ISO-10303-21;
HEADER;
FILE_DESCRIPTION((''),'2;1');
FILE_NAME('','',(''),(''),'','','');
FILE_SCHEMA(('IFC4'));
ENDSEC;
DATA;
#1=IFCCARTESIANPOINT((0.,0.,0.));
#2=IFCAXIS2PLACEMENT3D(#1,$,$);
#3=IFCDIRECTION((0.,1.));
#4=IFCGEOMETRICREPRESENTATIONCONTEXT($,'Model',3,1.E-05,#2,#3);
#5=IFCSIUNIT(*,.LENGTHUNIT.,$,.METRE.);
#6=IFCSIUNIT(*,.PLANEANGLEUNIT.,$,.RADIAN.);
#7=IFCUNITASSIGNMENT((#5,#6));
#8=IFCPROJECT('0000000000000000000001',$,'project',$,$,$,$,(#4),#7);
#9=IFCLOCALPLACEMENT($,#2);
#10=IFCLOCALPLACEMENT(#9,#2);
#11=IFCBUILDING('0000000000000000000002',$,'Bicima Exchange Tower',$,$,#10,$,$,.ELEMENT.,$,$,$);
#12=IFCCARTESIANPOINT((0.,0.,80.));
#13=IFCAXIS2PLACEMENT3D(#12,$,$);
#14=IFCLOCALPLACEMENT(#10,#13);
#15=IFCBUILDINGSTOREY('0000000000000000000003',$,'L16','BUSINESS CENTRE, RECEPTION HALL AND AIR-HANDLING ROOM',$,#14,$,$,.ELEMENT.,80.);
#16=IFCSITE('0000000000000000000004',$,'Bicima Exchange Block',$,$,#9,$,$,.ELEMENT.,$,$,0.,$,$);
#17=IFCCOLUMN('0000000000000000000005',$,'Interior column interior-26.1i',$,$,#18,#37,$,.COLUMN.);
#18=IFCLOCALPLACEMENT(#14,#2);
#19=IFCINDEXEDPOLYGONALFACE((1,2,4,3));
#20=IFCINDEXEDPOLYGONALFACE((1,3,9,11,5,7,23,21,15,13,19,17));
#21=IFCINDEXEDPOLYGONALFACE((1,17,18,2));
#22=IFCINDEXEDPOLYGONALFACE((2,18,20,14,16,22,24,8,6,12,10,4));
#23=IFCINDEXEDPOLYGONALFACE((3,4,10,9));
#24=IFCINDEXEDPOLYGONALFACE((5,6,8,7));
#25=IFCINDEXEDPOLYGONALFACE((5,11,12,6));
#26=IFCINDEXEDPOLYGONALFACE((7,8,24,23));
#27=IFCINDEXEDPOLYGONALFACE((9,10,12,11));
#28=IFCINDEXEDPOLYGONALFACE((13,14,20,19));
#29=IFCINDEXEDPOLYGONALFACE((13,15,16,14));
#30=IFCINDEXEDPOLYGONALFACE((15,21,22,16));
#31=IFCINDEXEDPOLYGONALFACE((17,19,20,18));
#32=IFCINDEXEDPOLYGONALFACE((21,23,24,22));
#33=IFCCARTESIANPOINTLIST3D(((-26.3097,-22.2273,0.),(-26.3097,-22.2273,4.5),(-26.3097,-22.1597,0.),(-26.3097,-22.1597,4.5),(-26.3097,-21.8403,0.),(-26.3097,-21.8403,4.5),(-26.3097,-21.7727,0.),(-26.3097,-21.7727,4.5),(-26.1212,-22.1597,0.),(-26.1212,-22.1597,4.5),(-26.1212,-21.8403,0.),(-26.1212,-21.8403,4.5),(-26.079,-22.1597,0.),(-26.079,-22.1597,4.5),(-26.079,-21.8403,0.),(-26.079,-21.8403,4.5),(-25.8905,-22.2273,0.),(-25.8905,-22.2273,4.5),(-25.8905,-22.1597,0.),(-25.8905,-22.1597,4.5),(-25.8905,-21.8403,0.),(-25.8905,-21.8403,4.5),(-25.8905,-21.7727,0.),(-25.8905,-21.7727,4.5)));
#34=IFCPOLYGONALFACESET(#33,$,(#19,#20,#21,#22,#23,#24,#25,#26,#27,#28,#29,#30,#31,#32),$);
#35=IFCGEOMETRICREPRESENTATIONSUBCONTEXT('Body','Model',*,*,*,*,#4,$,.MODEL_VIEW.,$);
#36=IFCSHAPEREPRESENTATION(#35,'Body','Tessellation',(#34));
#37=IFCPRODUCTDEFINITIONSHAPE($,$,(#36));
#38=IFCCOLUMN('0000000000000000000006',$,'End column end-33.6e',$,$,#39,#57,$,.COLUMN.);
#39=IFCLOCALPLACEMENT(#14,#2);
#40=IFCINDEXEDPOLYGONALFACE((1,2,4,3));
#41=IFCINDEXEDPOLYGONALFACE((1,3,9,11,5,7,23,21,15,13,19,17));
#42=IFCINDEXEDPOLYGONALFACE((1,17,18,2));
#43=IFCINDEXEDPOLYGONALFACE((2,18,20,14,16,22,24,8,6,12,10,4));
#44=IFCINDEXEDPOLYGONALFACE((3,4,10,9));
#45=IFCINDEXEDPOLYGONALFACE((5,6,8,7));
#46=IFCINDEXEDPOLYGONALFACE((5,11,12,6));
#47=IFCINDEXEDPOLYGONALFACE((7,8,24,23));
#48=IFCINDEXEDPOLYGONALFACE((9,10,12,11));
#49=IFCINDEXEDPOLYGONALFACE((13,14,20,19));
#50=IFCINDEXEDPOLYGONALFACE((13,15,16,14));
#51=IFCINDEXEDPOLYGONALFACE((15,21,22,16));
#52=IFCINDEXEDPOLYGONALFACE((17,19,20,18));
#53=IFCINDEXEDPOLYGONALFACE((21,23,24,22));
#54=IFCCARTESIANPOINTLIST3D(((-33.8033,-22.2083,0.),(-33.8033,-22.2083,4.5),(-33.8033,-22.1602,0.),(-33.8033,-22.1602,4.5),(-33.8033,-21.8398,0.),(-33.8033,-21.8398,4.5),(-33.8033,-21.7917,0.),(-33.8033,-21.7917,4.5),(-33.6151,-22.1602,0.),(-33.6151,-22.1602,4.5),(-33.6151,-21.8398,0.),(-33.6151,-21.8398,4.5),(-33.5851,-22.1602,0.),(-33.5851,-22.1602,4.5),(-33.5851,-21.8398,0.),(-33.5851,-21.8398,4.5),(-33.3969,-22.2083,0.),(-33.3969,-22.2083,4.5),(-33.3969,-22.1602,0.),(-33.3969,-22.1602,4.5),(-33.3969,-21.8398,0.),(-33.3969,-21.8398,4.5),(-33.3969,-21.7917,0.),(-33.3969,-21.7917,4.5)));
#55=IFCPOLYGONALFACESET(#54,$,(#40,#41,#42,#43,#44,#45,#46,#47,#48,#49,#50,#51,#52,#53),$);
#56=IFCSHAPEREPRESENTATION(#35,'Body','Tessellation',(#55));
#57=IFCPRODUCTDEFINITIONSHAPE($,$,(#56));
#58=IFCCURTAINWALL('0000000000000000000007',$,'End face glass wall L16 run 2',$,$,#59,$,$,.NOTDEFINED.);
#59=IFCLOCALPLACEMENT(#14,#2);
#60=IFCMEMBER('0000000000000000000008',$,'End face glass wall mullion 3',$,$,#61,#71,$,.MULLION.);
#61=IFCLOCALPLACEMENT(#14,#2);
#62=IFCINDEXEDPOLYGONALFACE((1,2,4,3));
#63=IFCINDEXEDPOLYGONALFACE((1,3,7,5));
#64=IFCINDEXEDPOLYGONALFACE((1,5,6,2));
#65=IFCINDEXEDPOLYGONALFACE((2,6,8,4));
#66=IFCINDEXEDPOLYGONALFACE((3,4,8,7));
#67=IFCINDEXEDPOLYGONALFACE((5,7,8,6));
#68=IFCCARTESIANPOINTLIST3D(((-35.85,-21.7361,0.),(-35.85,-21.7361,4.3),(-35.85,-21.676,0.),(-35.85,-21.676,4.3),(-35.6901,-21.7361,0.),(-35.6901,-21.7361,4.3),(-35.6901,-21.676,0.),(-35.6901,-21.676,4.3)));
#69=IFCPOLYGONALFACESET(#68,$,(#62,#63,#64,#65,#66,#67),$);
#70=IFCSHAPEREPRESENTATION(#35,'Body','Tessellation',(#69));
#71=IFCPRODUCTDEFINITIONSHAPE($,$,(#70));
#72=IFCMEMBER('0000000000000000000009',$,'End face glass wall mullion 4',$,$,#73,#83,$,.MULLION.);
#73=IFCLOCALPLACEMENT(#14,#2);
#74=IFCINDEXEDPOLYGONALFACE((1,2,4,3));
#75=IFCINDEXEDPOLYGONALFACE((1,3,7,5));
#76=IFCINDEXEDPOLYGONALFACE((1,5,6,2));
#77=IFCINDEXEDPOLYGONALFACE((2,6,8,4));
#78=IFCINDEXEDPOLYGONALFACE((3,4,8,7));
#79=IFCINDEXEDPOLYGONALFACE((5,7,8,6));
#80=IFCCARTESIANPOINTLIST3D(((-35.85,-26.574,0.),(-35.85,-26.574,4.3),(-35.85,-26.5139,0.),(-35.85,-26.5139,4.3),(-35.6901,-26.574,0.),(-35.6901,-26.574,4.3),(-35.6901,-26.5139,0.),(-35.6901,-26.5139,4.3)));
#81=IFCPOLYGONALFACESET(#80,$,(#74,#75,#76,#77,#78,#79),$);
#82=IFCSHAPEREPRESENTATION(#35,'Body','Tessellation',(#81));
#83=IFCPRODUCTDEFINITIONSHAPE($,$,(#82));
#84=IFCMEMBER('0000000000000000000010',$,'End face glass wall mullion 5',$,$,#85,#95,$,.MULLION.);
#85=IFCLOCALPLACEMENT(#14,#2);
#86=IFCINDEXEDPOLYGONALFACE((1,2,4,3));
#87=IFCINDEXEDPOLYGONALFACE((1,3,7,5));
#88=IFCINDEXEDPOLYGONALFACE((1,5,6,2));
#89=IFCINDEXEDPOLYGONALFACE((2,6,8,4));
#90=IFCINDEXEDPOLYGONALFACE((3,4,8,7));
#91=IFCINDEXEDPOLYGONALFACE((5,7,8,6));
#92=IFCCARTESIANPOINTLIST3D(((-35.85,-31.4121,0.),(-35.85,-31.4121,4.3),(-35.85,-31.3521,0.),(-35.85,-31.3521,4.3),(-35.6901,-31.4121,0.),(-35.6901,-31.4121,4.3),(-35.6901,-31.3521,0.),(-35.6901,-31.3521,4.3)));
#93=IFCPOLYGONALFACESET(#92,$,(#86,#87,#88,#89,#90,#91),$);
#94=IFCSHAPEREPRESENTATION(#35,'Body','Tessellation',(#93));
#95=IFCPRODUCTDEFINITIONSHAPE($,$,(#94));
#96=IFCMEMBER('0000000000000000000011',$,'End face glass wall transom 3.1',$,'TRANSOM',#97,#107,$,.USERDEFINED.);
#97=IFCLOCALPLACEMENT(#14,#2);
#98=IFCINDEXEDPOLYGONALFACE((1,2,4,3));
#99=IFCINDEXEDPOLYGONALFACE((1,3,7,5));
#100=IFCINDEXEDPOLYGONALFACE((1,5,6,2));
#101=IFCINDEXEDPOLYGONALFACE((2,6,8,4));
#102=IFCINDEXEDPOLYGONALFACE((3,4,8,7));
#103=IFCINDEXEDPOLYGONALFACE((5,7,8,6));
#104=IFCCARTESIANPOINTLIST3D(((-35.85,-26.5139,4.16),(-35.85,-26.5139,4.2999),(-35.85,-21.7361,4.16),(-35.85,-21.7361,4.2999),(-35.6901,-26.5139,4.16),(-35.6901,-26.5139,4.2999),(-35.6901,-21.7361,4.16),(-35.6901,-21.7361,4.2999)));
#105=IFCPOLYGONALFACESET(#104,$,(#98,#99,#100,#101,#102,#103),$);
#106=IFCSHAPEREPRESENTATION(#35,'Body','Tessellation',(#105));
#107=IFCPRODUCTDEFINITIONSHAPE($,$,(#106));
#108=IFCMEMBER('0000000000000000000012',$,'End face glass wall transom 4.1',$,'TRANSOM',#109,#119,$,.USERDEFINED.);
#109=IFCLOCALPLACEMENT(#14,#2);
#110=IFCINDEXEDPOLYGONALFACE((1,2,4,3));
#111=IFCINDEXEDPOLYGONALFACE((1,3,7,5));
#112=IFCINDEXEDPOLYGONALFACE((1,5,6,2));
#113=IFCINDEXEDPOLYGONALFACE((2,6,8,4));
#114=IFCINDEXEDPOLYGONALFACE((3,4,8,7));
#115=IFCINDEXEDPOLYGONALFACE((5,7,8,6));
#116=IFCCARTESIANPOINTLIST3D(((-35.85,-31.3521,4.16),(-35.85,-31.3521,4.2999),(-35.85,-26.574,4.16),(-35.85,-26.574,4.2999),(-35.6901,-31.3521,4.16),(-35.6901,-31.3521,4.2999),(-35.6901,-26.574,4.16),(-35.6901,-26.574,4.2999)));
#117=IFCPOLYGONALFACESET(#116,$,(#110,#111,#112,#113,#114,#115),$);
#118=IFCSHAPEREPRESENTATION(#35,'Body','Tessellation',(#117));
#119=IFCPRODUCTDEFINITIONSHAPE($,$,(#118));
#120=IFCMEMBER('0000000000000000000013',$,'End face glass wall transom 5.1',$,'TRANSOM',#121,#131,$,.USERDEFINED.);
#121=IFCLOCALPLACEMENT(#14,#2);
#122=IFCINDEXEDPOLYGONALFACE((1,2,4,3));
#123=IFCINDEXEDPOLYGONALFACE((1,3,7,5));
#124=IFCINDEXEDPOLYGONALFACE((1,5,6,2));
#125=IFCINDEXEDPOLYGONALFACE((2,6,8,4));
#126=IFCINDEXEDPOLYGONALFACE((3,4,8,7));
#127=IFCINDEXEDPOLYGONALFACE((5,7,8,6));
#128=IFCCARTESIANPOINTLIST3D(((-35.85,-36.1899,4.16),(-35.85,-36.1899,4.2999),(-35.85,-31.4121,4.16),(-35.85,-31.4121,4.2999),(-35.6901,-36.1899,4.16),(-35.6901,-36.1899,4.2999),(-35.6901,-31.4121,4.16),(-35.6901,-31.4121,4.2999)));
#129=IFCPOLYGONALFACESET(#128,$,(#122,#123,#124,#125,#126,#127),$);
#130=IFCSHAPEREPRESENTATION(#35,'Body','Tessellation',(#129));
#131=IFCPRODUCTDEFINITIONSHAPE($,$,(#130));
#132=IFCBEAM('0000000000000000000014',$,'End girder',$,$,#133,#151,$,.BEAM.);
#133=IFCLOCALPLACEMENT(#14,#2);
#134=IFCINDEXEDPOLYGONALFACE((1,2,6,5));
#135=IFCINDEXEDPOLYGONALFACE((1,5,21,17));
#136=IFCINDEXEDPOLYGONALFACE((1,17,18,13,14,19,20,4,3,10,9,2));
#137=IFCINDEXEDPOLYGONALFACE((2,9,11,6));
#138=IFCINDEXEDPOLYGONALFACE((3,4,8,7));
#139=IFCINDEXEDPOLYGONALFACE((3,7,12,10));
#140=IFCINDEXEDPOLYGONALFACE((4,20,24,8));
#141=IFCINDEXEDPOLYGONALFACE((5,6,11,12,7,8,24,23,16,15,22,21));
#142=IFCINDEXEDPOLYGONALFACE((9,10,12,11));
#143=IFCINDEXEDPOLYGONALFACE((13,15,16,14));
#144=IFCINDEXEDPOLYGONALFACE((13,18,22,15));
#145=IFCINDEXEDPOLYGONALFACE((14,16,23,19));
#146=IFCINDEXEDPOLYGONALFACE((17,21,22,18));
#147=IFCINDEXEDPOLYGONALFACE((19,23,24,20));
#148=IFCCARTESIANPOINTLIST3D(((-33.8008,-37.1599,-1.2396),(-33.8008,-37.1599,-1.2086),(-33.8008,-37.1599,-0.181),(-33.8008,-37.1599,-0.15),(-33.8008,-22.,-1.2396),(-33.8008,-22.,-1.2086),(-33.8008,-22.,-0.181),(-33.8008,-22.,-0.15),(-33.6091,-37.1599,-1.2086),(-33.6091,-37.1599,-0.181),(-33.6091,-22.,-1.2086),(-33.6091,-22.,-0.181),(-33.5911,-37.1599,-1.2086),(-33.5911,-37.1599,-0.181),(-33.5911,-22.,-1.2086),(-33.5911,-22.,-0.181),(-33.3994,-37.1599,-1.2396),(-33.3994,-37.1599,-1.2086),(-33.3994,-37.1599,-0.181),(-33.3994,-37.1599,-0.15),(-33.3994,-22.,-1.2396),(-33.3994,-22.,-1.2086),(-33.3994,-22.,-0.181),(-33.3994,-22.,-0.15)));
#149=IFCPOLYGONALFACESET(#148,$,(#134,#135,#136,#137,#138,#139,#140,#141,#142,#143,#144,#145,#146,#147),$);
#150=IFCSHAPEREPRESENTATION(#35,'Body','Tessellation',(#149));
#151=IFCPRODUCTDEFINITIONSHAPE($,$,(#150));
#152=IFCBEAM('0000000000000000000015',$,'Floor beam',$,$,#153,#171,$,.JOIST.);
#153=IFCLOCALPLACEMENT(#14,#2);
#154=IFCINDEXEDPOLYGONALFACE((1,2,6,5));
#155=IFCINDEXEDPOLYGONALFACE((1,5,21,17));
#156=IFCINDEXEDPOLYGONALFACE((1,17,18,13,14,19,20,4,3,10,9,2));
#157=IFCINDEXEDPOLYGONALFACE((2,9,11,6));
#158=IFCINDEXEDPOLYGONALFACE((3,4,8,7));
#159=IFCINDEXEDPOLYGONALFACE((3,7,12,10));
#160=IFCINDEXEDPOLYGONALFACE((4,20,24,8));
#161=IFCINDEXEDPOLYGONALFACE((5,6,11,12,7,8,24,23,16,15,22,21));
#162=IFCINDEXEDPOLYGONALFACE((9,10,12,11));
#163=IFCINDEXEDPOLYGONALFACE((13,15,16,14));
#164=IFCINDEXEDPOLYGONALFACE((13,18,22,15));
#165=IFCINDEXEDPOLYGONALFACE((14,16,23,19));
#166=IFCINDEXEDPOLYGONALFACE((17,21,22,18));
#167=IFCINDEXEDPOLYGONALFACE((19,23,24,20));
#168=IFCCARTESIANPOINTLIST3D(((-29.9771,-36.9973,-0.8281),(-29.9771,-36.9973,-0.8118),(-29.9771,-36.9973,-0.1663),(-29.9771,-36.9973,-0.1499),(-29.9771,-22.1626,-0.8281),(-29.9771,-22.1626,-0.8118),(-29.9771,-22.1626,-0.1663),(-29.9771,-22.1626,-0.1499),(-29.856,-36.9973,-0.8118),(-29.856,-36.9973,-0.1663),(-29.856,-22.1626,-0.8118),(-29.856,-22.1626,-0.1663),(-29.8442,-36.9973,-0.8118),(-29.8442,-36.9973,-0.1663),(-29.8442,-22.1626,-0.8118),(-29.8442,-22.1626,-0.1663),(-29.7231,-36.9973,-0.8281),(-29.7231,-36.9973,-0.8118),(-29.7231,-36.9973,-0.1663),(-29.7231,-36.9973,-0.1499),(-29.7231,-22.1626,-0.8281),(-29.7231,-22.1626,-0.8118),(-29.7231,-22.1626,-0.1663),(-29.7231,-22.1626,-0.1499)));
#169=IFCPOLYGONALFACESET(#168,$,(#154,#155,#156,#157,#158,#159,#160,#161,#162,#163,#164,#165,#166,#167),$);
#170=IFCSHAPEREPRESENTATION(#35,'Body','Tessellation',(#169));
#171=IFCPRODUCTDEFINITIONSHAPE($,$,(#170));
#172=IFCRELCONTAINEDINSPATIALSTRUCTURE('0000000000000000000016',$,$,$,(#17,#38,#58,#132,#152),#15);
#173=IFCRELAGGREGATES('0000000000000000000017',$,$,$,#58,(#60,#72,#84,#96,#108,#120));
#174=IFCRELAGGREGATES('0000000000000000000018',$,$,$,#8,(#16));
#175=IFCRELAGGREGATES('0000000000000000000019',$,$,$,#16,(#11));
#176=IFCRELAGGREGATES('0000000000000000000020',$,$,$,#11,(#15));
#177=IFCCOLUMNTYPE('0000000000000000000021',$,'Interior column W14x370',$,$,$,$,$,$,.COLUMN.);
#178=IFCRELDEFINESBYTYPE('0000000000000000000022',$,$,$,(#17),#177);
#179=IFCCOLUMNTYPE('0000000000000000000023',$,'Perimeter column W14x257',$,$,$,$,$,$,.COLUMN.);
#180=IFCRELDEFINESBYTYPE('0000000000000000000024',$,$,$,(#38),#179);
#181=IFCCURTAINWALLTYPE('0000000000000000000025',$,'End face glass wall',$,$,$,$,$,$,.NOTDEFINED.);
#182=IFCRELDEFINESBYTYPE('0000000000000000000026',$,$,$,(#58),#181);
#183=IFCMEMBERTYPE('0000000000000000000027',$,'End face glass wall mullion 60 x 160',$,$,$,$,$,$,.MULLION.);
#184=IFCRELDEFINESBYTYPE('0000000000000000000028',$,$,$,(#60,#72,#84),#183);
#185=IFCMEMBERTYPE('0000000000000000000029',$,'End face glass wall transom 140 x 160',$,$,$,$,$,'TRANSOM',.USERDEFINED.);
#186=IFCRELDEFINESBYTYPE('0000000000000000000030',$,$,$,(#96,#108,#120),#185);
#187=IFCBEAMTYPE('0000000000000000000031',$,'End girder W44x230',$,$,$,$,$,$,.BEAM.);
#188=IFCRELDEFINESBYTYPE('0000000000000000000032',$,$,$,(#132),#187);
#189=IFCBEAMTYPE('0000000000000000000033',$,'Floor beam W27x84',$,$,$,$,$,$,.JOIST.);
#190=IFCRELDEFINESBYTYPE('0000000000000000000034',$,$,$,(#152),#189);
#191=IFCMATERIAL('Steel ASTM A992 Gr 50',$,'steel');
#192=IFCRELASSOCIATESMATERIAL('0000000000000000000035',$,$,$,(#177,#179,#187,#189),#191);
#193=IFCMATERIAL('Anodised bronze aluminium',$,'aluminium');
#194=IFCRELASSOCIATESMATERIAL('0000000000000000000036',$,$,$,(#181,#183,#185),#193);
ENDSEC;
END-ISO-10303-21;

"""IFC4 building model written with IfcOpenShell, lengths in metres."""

from ifc_helpers import new_model, si_unit, direction, frame, origin, origin_2d, place, context, subcontext, project, spatial, rectangle, i_section, extrude, material, material_profile, profile_set, type_object, element, aggregate, save


model = new_model("IFC4")

# Units and contexts
model_context = context("Model", 3, precision=1e-05, world=origin(), true_north=direction((0.0, 1.0)))
body_context = subcontext(model_context, "Body", "Model", "MODEL_VIEW")
ifc_project = project(units=[si_unit("LENGTHUNIT", "METRE"), si_unit("PLANEANGLEUNIT", "RADIAN")], contexts=[model_context])

# Site, building, storey
site_placement = place(None, origin())
site = spatial("IfcSite", under=ifc_project, at=site_placement, Name="Bicima Exchange Block", CompositionType="ELEMENT", RefElevation=0.0)
building_placement = place(site_placement, origin())
building = spatial("IfcBuilding", under=site, at=building_placement, Name="Bicima Exchange Tower", CompositionType="ELEMENT")
storey_placement = place(building_placement, frame((0.0, 0.0, 80.0)))
storey = spatial("IfcBuildingStorey", under=building, at=storey_placement, Name="L16", Description="BUSINESS CENTRE, RECEPTION HALL AND AIR-HANDLING ROOM", CompositionType="ELEMENT", Elevation=80.0)

# Columns
ifc_material_1 = material(Name="Steel ASTM A992 Gr 50", Category="steel")
ifc_material_profile_1 = material_profile(ifc_material_1, i_section(OverallWidth=0.4192, OverallDepth=0.4546, WebThickness=0.0422, FlangeThickness=0.0676, at=origin_2d()))
ifc_profile_set_1 = profile_set([ifc_material_profile_1], Name="Steel ASTM A992 Gr 50")
column_type_1 = type_object("IfcColumnType", Name="Interior column W14x370", PredefinedType="COLUMN", material=ifc_profile_set_1)
column_1_placement = place(storey_placement, frame((-26.1001, -22.0, 0.0), z_axis=(0.0, 0.0, 1.0), x_axis=(1.0, 0.0, 0.0)))
element("IfcColumn", 1, at=column_1_placement, inside=storey, type_object=column_type_1, Name="Interior column interior-26.1i", PredefinedType="COLUMN", context=body_context, shape_type="SweptSolid", body=[
    extrude(i_section(OverallWidth=0.4192, OverallDepth=0.4546, WebThickness=0.0422, FlangeThickness=0.0676, at=origin_2d()), origin(), (0.0, 0.0, 1.0), 4.5),
])
ifc_material_profile_2 = material_profile(ifc_material_1, i_section(OverallWidth=0.4065, OverallDepth=0.4165, WebThickness=0.03, FlangeThickness=0.0481, at=origin_2d()))
ifc_profile_set_2 = profile_set([ifc_material_profile_2], Name="Steel ASTM A992 Gr 50")
column_type_2 = type_object("IfcColumnType", Name="Perimeter column W14x257", PredefinedType="COLUMN", material=ifc_profile_set_2)
column_2_placement = place(storey_placement, frame((-33.6001, -22.0, 0.0), z_axis=(0.0, 0.0, 1.0), x_axis=(1.0, 0.0, 0.0)))
element("IfcColumn", 2, at=column_2_placement, inside=storey, type_object=column_type_2, Name="End column end-33.6e", PredefinedType="COLUMN", context=body_context, shape_type="SweptSolid", body=[
    extrude(i_section(OverallWidth=0.4065, OverallDepth=0.4165, WebThickness=0.03, FlangeThickness=0.0481, at=origin_2d()), origin(), (0.0, 0.0, 1.0), 4.5),
])

# Curtain wall, members
ifc_material_2 = material(Name="Anodised bronze aluminium", Category="aluminium")
curtain_wall_type = type_object("IfcCurtainWallType", Name="End face glass wall", PredefinedType="NOTDEFINED", material=ifc_material_2)
curtain_wall_placement = place(storey_placement, origin())
curtain_wall = element("IfcCurtainWall", 3, at=curtain_wall_placement, inside=storey, type_object=curtain_wall_type, Name="End face glass wall L16 run 2", PredefinedType="NOTDEFINED")
ifc_material_profile_3 = material_profile(ifc_material_2, rectangle(XDim=0.1599, YDim=0.0601, at=origin_2d()))
ifc_profile_set_3 = profile_set([ifc_material_profile_3], Name="Anodised bronze aluminium")
member_type_1 = type_object("IfcMemberType", Name="End face glass wall mullion 60 x 160", PredefinedType="MULLION", material=ifc_profile_set_3)
member_1_placement = place(storey_placement, frame((-35.77, -21.7061, 0.0), z_axis=(0.0, 0.0, 1.0), x_axis=(1.0, 0.0, 0.0)))
member_1 = element("IfcMember", 4, at=member_1_placement, type_object=member_type_1, Name="End face glass wall mullion 3", PredefinedType="MULLION", context=body_context, shape_type="SweptSolid", body=[
    extrude(rectangle(XDim=0.1599, YDim=0.0601, at=origin_2d()), origin(), (0.0, 0.0, 1.0), 4.3),
])
member_2_placement = place(storey_placement, frame((-35.77, -26.5439, 0.0), z_axis=(0.0, 0.0, 1.0), x_axis=(1.0, 0.0, 0.0)))
member_2 = element("IfcMember", 5, at=member_2_placement, type_object=member_type_1, Name="End face glass wall mullion 4", PredefinedType="MULLION", context=body_context, shape_type="SweptSolid", body=[
    extrude(rectangle(XDim=0.1599, YDim=0.0601, at=origin_2d()), origin(), (0.0, 0.0, 1.0), 4.3),
])
member_3_placement = place(storey_placement, frame((-35.77, -31.3821, 0.0), z_axis=(0.0, 0.0, 1.0), x_axis=(1.0, 0.0, 0.0)))
member_3 = element("IfcMember", 6, at=member_3_placement, type_object=member_type_1, Name="End face glass wall mullion 5", PredefinedType="MULLION", context=body_context, shape_type="SweptSolid", body=[
    extrude(rectangle(XDim=0.1599, YDim=0.0601, at=origin_2d()), origin(), (0.0, 0.0, 1.0), 4.3),
])
ifc_material_profile_4 = material_profile(ifc_material_2, rectangle(XDim=0.1599, YDim=0.1399, at=origin_2d()))
ifc_profile_set_4 = profile_set([ifc_material_profile_4], Name="Anodised bronze aluminium")
member_type_2 = type_object("IfcMemberType", Name="End face glass wall transom 140 x 160", ElementType="TRANSOM", PredefinedType="USERDEFINED", material=ifc_profile_set_4)
member_4_placement = place(storey_placement, frame((-35.77, -21.7361, 4.23), z_axis=(0.0, -1.0, 0.0), x_axis=(1.0, 0.0, 0.0)))
member_4 = element("IfcMember", 7, at=member_4_placement, type_object=member_type_2, Name="End face glass wall transom 3.1", ObjectType="TRANSOM", PredefinedType="USERDEFINED", context=body_context, shape_type="SweptSolid", body=[
    extrude(rectangle(XDim=0.1599, YDim=0.1399, at=origin_2d()), origin(), (0.0, 0.0, 1.0), 4.7778),
])
member_5_placement = place(storey_placement, frame((-35.77, -26.574, 4.23), z_axis=(0.0, -1.0, 0.0), x_axis=(1.0, 0.0, 0.0)))
member_5 = element("IfcMember", 8, at=member_5_placement, type_object=member_type_2, Name="End face glass wall transom 4.1", ObjectType="TRANSOM", PredefinedType="USERDEFINED", context=body_context, shape_type="SweptSolid", body=[
    extrude(rectangle(XDim=0.1599, YDim=0.1399, at=origin_2d()), origin(), (0.0, 0.0, 1.0), 4.7781),
])
member_6_placement = place(storey_placement, frame((-35.77, -31.4121, 4.23), z_axis=(0.0, -1.0, 0.0), x_axis=(1.0, 0.0, 0.0)))
member_6 = element("IfcMember", 9, at=member_6_placement, type_object=member_type_2, Name="End face glass wall transom 5.1", ObjectType="TRANSOM", PredefinedType="USERDEFINED", context=body_context, shape_type="SweptSolid", body=[
    extrude(rectangle(XDim=0.1599, YDim=0.1399, at=origin_2d()), origin(), (0.0, 0.0, 1.0), 4.7778),
])

# Beams
ifc_material_profile_5 = material_profile(ifc_material_1, i_section(OverallWidth=0.4014, OverallDepth=1.0896, WebThickness=0.0181, FlangeThickness=0.031, at=origin_2d()))
ifc_profile_set_5 = profile_set([ifc_material_profile_5], Name="Steel ASTM A992 Gr 50")
beam_type_1 = type_object("IfcBeamType", Name="End girder W44x230", PredefinedType="BEAM", material=ifc_profile_set_5)
beam_1_placement = place(storey_placement, frame((-33.6001, -22.0, -0.6948), z_axis=(0.0, -1.0, 0.0), x_axis=(1.0, 0.0, 0.0)))
element("IfcBeam", 10, at=beam_1_placement, inside=storey, type_object=beam_type_1, Name="End girder", PredefinedType="BEAM", context=body_context, shape_type="SweptSolid", body=[
    extrude(i_section(OverallWidth=0.4014, OverallDepth=1.0896, WebThickness=0.0181, FlangeThickness=0.031, at=origin_2d()), origin(), (0.0, 0.0, 1.0), 15.1599),
])
ifc_material_profile_6 = material_profile(ifc_material_1, i_section(OverallWidth=0.2539, OverallDepth=0.6782, WebThickness=0.0117, FlangeThickness=0.0164, at=origin_2d()))
ifc_profile_set_6 = profile_set([ifc_material_profile_6], Name="Steel ASTM A992 Gr 50")
beam_type_2 = type_object("IfcBeamType", Name="Floor beam W27x84", PredefinedType="JOIST", material=ifc_profile_set_6)
for number, where, z_axis, x_axis, name in (
    (11, (-29.8501, -22.1626, -0.489), (0.0, -1.0, 0.0), (1.0, 0.0, 0.0), "Floor beam"),
):
    element("IfcBeam", number, at=place(storey_placement, frame(where, z_axis=z_axis, x_axis=x_axis)), inside=storey, type_object=beam_type_2, Name=name, PredefinedType="JOIST", context=body_context, shape_type="SweptSolid", body=[
        extrude(i_section(OverallWidth=0.2539, OverallDepth=0.6782, WebThickness=0.0117, FlangeThickness=0.0164, at=origin_2d()), origin(), (0.0, 0.0, 1.0), 14.8347),
    ])

aggregate(curtain_wall, [member_1, member_2, member_3, member_4, member_5, member_6])

save(model, "model.ifc")
